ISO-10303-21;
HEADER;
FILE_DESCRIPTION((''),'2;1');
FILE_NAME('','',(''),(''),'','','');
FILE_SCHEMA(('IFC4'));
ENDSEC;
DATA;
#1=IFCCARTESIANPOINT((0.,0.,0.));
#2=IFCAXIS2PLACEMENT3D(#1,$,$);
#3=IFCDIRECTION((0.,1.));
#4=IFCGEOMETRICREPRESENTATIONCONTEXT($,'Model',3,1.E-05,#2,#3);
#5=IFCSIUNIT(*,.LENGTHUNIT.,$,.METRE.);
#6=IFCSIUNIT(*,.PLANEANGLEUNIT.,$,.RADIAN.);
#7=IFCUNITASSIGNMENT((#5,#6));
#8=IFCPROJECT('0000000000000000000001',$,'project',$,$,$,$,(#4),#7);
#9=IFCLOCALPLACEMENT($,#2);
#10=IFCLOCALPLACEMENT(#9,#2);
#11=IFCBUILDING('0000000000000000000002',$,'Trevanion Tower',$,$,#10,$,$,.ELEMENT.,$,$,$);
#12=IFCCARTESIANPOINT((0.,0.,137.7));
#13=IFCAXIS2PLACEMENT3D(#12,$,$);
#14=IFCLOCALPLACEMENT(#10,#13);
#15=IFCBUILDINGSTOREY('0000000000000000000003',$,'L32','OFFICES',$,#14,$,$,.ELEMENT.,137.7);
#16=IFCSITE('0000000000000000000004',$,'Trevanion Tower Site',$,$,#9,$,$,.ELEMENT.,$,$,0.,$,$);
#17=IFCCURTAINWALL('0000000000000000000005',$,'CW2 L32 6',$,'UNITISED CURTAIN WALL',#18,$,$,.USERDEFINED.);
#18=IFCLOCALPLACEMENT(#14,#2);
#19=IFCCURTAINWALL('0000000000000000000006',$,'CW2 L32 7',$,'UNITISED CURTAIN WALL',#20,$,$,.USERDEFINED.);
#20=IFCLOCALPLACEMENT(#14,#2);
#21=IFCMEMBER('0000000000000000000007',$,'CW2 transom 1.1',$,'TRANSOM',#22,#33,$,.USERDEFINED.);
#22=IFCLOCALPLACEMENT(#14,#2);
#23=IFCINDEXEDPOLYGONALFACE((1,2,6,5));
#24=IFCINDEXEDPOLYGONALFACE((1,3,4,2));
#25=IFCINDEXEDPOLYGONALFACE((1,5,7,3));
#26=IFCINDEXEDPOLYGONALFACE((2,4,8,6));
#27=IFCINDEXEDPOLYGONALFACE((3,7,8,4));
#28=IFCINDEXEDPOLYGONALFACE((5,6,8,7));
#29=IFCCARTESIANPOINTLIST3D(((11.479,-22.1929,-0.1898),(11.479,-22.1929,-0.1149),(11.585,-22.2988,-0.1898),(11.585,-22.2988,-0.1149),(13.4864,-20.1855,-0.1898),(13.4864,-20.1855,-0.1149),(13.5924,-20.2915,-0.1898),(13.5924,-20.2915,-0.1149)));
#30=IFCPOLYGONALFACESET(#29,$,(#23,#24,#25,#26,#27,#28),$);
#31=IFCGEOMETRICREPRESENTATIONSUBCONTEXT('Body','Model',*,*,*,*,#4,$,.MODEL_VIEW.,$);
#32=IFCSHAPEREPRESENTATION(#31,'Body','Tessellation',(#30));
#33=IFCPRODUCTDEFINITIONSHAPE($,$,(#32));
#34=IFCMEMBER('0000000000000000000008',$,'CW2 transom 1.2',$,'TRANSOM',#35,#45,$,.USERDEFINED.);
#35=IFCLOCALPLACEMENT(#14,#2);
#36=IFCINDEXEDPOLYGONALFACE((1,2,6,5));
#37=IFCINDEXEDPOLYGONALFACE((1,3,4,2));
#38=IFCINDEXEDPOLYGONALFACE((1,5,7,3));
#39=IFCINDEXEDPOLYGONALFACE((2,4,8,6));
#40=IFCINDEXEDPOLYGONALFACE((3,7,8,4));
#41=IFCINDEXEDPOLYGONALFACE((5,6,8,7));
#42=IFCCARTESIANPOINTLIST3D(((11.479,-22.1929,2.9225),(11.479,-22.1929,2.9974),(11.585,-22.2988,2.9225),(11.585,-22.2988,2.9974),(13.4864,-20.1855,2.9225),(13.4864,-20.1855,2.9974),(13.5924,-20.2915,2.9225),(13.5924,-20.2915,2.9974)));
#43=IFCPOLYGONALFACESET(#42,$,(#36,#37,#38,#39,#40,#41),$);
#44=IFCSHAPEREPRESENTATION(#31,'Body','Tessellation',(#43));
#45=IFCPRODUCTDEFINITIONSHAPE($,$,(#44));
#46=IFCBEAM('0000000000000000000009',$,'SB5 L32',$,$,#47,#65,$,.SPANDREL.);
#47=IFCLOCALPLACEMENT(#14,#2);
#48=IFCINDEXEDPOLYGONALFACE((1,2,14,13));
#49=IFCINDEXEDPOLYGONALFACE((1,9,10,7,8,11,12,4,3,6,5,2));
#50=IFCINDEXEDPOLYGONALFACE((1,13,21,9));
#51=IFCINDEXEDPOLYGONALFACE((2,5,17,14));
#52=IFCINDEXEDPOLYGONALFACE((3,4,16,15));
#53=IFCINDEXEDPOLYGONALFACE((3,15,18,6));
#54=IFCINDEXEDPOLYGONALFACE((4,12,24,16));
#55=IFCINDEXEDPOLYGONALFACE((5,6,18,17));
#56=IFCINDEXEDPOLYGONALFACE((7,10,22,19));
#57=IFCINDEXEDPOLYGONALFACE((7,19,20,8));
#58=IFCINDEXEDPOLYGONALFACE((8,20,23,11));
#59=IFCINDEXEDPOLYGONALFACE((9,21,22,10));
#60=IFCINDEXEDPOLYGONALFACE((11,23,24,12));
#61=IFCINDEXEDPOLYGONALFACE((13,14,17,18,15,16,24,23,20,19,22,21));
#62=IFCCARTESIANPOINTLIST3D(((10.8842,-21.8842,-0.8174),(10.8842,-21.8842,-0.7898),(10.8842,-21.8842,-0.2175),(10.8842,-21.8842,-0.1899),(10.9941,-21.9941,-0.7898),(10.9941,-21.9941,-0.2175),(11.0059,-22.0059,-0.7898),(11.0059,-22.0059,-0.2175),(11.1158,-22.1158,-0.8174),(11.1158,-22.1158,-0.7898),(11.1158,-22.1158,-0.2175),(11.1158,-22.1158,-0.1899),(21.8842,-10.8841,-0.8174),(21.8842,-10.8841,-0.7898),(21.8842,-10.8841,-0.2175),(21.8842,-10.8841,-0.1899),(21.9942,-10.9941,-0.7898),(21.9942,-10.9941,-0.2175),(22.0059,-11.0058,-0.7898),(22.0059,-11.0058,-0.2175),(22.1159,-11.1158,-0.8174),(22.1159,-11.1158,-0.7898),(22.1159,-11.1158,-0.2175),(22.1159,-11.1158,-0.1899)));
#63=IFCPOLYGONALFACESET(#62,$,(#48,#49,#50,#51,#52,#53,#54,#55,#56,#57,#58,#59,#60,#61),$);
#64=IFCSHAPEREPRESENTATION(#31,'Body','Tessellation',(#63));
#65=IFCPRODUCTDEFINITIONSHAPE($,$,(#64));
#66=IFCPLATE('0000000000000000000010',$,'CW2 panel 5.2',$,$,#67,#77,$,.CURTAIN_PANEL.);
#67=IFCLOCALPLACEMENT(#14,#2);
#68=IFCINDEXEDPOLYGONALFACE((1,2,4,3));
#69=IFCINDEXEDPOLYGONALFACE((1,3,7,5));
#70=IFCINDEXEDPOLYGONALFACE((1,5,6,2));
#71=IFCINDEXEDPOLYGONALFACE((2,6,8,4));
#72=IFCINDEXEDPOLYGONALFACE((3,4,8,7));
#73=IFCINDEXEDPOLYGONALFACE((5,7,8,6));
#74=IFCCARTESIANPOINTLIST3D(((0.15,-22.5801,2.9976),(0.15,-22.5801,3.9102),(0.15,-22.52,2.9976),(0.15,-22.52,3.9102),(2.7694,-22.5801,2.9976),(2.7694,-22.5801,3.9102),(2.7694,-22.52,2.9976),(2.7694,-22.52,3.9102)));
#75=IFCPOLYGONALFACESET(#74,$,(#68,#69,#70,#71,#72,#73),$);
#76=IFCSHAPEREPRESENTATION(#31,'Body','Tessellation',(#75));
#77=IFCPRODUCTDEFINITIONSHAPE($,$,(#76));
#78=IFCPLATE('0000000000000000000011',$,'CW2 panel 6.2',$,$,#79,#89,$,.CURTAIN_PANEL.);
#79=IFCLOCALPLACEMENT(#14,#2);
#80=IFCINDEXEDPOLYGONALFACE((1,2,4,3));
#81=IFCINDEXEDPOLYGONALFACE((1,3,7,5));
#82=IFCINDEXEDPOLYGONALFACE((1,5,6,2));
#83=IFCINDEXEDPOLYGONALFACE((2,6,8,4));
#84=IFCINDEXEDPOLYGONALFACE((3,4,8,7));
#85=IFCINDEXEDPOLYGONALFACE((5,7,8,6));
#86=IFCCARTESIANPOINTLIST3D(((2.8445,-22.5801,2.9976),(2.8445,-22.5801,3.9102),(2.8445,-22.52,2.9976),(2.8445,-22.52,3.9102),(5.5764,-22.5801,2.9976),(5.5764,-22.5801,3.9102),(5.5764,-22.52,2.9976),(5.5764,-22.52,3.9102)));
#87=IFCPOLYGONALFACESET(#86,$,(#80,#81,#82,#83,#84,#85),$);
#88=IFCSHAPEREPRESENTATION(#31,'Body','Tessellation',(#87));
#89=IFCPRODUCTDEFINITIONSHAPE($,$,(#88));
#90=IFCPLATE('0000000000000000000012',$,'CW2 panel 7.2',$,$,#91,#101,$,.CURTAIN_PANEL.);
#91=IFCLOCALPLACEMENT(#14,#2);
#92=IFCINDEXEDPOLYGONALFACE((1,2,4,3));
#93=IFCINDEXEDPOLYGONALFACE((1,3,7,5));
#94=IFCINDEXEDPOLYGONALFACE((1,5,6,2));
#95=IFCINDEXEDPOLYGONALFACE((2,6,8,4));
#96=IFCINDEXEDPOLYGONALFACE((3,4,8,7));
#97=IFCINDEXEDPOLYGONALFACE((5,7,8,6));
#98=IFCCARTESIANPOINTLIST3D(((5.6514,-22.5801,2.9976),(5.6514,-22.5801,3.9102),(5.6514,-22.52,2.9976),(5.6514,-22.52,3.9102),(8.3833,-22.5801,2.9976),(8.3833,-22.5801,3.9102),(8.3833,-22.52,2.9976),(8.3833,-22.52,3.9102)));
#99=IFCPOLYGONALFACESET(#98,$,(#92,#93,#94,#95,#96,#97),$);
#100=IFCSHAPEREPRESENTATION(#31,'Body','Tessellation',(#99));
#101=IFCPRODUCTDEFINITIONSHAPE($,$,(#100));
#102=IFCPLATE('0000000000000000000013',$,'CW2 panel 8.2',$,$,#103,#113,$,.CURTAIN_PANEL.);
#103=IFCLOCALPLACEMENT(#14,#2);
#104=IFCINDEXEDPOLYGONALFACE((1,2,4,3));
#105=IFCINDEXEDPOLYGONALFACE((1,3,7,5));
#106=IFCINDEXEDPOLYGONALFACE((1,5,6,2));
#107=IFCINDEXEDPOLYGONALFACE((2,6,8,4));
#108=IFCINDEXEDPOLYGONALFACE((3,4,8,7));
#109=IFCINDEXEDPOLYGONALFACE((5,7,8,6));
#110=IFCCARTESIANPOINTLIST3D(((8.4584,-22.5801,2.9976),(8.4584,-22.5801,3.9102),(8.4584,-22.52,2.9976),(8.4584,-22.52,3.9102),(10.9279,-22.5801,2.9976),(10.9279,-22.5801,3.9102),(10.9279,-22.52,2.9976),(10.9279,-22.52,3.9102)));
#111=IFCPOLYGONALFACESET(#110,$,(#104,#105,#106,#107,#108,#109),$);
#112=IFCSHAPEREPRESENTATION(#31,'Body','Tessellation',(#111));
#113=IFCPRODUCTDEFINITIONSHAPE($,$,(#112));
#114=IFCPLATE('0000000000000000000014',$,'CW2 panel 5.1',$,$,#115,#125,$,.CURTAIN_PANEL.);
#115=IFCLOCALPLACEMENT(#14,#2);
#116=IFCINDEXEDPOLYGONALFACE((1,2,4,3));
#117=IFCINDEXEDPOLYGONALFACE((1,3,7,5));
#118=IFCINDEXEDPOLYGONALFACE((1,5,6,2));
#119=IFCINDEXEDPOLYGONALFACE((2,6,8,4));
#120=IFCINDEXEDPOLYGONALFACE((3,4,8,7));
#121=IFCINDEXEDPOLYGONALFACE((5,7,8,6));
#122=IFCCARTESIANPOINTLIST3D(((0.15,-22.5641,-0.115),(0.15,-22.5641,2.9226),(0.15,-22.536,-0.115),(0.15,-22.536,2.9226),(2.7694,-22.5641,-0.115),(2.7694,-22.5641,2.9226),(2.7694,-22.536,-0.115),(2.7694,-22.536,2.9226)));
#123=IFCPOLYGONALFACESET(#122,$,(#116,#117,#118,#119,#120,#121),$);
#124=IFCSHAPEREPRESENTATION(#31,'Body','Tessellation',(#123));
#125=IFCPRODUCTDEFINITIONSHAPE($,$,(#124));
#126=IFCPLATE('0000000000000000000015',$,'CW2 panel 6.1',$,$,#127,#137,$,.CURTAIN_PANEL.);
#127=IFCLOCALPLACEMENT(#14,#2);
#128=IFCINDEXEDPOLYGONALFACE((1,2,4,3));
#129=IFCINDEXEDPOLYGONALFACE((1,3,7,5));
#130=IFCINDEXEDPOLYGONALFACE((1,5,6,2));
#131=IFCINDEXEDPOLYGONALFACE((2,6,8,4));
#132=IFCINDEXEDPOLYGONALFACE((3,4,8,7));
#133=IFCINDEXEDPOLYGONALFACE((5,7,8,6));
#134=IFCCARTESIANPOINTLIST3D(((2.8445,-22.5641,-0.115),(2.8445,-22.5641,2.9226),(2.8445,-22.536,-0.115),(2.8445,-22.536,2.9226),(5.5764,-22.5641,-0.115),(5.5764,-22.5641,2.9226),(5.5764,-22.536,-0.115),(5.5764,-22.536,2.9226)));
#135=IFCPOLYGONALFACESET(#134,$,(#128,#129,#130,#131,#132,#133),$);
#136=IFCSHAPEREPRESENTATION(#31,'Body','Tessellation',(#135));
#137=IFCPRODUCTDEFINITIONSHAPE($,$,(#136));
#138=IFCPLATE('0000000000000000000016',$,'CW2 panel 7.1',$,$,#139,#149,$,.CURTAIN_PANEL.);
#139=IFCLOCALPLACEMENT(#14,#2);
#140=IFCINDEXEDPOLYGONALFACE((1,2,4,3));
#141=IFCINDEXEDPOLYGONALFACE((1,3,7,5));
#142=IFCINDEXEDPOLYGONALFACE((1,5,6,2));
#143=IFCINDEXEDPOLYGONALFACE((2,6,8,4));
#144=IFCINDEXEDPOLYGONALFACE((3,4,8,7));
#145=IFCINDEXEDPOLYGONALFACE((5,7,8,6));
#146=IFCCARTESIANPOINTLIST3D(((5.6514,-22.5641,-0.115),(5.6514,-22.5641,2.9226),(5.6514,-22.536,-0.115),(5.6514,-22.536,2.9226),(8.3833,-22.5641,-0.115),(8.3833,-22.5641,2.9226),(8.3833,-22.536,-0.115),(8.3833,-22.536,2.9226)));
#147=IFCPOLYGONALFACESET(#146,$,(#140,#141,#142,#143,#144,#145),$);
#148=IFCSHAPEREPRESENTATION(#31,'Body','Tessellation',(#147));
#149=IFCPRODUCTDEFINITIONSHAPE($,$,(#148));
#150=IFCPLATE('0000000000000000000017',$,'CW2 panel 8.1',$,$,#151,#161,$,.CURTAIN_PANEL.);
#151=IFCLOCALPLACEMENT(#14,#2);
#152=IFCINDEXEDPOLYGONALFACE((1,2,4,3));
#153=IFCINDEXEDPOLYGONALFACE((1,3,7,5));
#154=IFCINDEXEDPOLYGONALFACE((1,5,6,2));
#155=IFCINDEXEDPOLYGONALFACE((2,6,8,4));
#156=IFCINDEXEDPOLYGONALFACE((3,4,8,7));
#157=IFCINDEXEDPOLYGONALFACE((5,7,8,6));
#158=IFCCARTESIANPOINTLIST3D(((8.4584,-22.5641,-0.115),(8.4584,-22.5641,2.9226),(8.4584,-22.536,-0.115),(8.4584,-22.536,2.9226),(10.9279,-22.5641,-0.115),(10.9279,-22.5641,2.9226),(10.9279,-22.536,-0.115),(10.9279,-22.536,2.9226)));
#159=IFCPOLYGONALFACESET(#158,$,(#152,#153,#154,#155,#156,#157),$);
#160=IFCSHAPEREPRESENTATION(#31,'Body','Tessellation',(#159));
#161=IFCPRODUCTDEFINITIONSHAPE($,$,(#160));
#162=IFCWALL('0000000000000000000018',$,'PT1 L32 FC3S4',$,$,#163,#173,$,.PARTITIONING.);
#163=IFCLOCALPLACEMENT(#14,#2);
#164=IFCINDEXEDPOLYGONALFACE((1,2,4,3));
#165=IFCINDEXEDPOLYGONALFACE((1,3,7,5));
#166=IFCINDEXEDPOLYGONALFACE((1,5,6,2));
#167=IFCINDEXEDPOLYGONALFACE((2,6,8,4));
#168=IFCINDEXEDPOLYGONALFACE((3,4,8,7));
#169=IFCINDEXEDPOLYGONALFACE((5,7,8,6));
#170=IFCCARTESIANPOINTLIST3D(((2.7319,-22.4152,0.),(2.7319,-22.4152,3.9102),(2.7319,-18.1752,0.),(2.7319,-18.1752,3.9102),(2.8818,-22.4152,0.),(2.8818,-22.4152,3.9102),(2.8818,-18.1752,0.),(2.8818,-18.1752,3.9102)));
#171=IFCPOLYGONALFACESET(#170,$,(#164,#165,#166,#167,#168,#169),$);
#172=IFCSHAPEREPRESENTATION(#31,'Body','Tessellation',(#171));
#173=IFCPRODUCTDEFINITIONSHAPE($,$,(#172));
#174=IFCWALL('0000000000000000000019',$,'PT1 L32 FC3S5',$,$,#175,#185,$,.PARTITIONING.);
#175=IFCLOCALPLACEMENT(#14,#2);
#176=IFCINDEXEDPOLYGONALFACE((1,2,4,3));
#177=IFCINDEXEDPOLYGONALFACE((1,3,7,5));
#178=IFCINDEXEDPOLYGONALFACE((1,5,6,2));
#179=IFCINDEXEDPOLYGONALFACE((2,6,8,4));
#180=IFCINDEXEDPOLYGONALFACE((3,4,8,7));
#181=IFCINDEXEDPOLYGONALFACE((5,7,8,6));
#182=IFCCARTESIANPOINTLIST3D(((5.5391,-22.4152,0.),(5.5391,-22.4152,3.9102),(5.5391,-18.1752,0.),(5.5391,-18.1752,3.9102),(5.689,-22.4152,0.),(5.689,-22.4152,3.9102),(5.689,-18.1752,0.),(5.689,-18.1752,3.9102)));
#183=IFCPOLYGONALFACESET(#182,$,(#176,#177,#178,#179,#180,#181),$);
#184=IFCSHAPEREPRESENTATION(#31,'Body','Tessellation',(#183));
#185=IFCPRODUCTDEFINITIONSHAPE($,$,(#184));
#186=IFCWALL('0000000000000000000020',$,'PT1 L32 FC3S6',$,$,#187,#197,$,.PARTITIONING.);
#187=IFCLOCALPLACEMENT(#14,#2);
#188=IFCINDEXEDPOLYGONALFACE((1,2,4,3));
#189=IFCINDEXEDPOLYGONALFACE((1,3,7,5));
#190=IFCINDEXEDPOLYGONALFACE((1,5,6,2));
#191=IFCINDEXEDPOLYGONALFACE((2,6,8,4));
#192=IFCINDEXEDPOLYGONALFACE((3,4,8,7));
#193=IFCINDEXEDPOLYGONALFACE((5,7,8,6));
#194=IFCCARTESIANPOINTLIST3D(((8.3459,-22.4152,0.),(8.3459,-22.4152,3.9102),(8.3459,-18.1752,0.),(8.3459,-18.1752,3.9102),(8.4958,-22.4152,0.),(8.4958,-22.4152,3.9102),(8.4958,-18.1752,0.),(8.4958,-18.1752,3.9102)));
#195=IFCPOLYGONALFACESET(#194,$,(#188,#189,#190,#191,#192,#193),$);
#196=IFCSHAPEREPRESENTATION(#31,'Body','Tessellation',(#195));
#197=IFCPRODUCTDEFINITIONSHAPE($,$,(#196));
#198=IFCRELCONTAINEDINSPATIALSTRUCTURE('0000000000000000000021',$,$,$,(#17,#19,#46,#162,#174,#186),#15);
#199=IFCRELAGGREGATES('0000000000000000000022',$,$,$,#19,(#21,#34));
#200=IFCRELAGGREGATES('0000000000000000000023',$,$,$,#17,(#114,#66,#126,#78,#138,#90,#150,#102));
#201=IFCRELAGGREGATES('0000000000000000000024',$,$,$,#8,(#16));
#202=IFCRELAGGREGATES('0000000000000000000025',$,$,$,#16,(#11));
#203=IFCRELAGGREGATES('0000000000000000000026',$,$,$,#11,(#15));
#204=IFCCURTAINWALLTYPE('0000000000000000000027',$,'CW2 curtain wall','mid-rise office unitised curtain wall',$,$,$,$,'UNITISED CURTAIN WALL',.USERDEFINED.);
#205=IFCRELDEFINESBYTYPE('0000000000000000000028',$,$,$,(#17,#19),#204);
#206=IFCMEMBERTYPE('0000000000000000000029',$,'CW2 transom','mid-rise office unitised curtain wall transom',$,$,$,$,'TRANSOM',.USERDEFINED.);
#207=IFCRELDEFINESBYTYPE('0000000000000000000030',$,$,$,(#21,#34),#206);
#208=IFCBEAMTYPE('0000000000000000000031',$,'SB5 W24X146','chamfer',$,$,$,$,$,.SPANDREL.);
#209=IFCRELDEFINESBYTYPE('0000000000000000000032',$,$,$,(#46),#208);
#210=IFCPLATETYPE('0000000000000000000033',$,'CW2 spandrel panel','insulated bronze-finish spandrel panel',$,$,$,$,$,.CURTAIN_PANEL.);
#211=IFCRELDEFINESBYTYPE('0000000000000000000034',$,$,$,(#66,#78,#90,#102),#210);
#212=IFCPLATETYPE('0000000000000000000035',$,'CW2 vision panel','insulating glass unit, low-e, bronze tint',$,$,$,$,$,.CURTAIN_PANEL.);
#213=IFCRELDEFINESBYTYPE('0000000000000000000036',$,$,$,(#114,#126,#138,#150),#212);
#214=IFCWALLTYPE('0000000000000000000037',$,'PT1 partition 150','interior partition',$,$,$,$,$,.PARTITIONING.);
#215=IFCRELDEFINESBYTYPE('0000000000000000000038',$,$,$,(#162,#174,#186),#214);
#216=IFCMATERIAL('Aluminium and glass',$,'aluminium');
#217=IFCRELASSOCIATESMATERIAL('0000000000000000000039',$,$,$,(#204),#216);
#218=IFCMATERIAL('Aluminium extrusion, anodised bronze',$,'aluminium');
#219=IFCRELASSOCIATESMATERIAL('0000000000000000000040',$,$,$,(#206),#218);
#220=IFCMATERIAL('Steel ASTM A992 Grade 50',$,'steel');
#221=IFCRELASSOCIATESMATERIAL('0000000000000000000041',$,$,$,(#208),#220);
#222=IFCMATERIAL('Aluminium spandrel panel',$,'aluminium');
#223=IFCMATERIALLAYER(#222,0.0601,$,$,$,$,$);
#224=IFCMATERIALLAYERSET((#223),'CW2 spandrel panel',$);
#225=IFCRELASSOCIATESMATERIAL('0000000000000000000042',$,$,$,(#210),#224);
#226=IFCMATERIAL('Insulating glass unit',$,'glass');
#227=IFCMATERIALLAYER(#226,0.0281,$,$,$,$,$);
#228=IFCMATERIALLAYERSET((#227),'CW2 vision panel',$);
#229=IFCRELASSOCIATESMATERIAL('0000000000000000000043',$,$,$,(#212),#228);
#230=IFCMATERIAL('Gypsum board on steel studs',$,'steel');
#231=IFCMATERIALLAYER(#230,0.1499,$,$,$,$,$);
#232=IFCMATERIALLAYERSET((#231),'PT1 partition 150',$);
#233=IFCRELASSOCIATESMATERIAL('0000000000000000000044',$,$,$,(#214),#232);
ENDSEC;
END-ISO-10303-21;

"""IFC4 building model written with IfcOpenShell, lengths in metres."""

from ifc_helpers import new_model, si_unit, direction, frame, frame_2d, origin, origin_2d, place, context, subcontext, project, spatial, rectangle, i_section, extrude, material, layer, layer_set, material_profile, profile_set, type_object, element, aggregate, save


model = new_model("IFC4")

# Units and contexts
model_context = context("Model", 3, precision=1e-05, world=origin(), true_north=direction((0.0, 1.0)))
body_context = subcontext(model_context, "Body", "Model", "MODEL_VIEW")
ifc_project = project(units=[si_unit("LENGTHUNIT", "METRE"), si_unit("PLANEANGLEUNIT", "RADIAN")], contexts=[model_context])

# Site, building, storey
site_placement = place(None, origin())
site = spatial("IfcSite", under=ifc_project, at=site_placement, Name="Trevanion Tower Site", CompositionType="ELEMENT", RefElevation=0.0)
building_placement = place(site_placement, origin())
building = spatial("IfcBuilding", under=site, at=building_placement, Name="Trevanion Tower", CompositionType="ELEMENT")
storey_placement = place(building_placement, frame((0.0, 0.0, 137.7)))
storey = spatial("IfcBuildingStorey", under=building, at=storey_placement, Name="L32", Description="OFFICES", CompositionType="ELEMENT", Elevation=137.7)

# Curtain wall
ifc_material_1 = material(Name="Aluminium and glass", Category="aluminium")
curtain_wall_type = type_object("IfcCurtainWallType", Name="CW2 curtain wall", Description="mid-rise office unitised curtain wall", ElementType="UNITISED CURTAIN WALL", PredefinedType="USERDEFINED", material=ifc_material_1)
curtain_wall_1_placement = place(storey_placement, origin())
curtain_wall_1 = element("IfcCurtainWall", 1, at=curtain_wall_1_placement, inside=storey, type_object=curtain_wall_type, Name="CW2 L32 6", ObjectType="UNITISED CURTAIN WALL", PredefinedType="USERDEFINED")

# Curtain wall
curtain_wall_2_placement = place(storey_placement, origin())
curtain_wall_2 = element("IfcCurtainWall", 2, at=curtain_wall_2_placement, inside=storey, type_object=curtain_wall_type, Name="CW2 L32 7", ObjectType="UNITISED CURTAIN WALL", PredefinedType="USERDEFINED")

# Members
ifc_material_2 = material(Name="Aluminium extrusion, anodised bronze", Category="aluminium")
ifc_material_profile_1 = material_profile(ifc_material_2, rectangle(XDim=0.1499, YDim=0.075, at=origin_2d()), Name="CW2 transom")
ifc_profile_set_1 = profile_set([ifc_material_profile_1], Name="Aluminium extrusion, anodised bronze")
member_type_1 = type_object("IfcMemberType", Name="CW2 transom", Description="mid-rise office unitised curtain wall transom", ElementType="TRANSOM", PredefinedType="USERDEFINED", material=ifc_profile_set_1)
member_1_placement = place(storey_placement, frame((11.532, -22.2458, -0.1523), z_axis=(0.707107, 0.707107, 0.0), x_axis=(-0.707107, 0.707107, 0.0)))
member_1 = element("IfcMember", 3, at=member_1_placement, type_object=member_type_1, Name="CW2 transom 1.1", ObjectType="TRANSOM", PredefinedType="USERDEFINED", context=body_context, shape_type="SweptSolid", body=[
    extrude(rectangle(XDim=0.1499, YDim=0.075, at=origin_2d()), origin(), (0.0, 0.0, 1.0), 2.8389),
])
member_2_placement = place(storey_placement, frame((11.532, -22.2458, 2.96), z_axis=(0.707107, 0.707107, 0.0), x_axis=(-0.707107, 0.707107, 0.0)))
member_2 = element("IfcMember", 4, at=member_2_placement, type_object=member_type_1, Name="CW2 transom 1.2", ObjectType="TRANSOM", PredefinedType="USERDEFINED", context=body_context, shape_type="SweptSolid", body=[
    extrude(rectangle(XDim=0.1499, YDim=0.075, at=origin_2d()), origin(), (0.0, 0.0, 1.0), 2.8389),
])
aggregate(curtain_wall_2, [member_1, member_2])

# Beam
ifc_material_3 = material(Name="Steel ASTM A992 Grade 50", Category="steel")
ifc_material_profile_2 = material_profile(ifc_material_3, i_section(OverallWidth=0.3276, OverallDepth=0.6274, WebThickness=0.0166, FlangeThickness=0.0276, at=origin_2d()), Name="W24X146")
ifc_profile_set_2 = profile_set([ifc_material_profile_2], Name="Steel ASTM A992 Grade 50")
beam_type = type_object("IfcBeamType", Name="SB5 W24X146", Description="chamfer", PredefinedType="SPANDREL", material=ifc_profile_set_2)
beam_placement = place(storey_placement, frame((11.0, -22.0, -0.5037), z_axis=(0.707107, 0.707107, 0.0), x_axis=(-0.707107, 0.707107, 0.0)))
element("IfcBeam", 5, at=beam_placement, inside=storey, type_object=beam_type, Name="SB5 L32", PredefinedType="SPANDREL", context=body_context, shape_type="SweptSolid", body=[
    extrude(i_section(OverallWidth=0.3276, OverallDepth=0.6274, WebThickness=0.0166, FlangeThickness=0.0276, at=origin_2d()), origin(), (0.0, 0.0, 1.0), 15.5564),
])

# Plates
ifc_material_4 = material(Name="Aluminium spandrel panel", Category="aluminium")
ifc_layer_1 = layer(ifc_material_4, 0.0601)
ifc_layer_set_1 = layer_set([ifc_layer_1], Name="CW2 spandrel panel")
plate_type_1 = type_object("IfcPlateType", Name="CW2 spandrel panel", Description="insulated bronze-finish spandrel panel", PredefinedType="CURTAIN_PANEL", material=ifc_layer_set_1)
plate_1_placement = place(storey_placement, frame((1.4597, -22.55, 2.9976), z_axis=(0.0, 0.0, 1.0), x_axis=(1.0, 0.0, 0.0)))
plate_1 = element("IfcPlate", 6, at=plate_1_placement, type_object=plate_type_1, Name="CW2 panel 5.2", PredefinedType="CURTAIN_PANEL", context=body_context, shape_type="SweptSolid", body=[
    extrude(rectangle(XDim=2.6194, YDim=0.0601, at=origin_2d()), origin(), (0.0, 0.0, 1.0), 0.9126),
])
plate_2_placement = place(storey_placement, frame((4.2104, -22.55, 2.9976), z_axis=(0.0, 0.0, 1.0), x_axis=(1.0, 0.0, 0.0)))
plate_2 = element("IfcPlate", 7, at=plate_2_placement, type_object=plate_type_1, Name="CW2 panel 6.2", PredefinedType="CURTAIN_PANEL", context=body_context, shape_type="SweptSolid", body=[
    extrude(rectangle(XDim=2.7319, YDim=0.0601, at=origin_2d()), origin(), (0.0, 0.0, 1.0), 0.9126),
])
plate_3_placement = place(storey_placement, frame((7.0173, -22.55, 2.9976), z_axis=(0.0, 0.0, 1.0), x_axis=(1.0, 0.0, 0.0)))
plate_3 = element("IfcPlate", 8, at=plate_3_placement, type_object=plate_type_1, Name="CW2 panel 7.2", PredefinedType="CURTAIN_PANEL", context=body_context, shape_type="SweptSolid", body=[
    extrude(rectangle(XDim=2.7319, YDim=0.0601, at=origin_2d()), origin(), (0.0, 0.0, 1.0), 0.9126),
])
plate_4_placement = place(storey_placement, frame((9.6931, -22.55, 2.9976), z_axis=(0.0, 0.0, 1.0), x_axis=(1.0, 0.0, 0.0)))
plate_4 = element("IfcPlate", 9, at=plate_4_placement, type_object=plate_type_1, Name="CW2 panel 8.2", PredefinedType="CURTAIN_PANEL", context=body_context, shape_type="SweptSolid", body=[
    extrude(rectangle(XDim=2.4695, YDim=0.0601, at=origin_2d()), origin(), (0.0, 0.0, 1.0), 0.9126),
])
ifc_material_5 = material(Name="Insulating glass unit", Category="glass")
ifc_layer_2 = layer(ifc_material_5, 0.0281)
ifc_layer_set_2 = layer_set([ifc_layer_2], Name="CW2 vision panel")
plate_type_2 = type_object("IfcPlateType", Name="CW2 vision panel", Description="insulating glass unit, low-e, bronze tint", PredefinedType="CURTAIN_PANEL", material=ifc_layer_set_2)
plate_5_placement = place(storey_placement, frame((1.4597, -22.55, -0.115), z_axis=(0.0, 0.0, 1.0), x_axis=(1.0, 0.0, 0.0)))
plate_5 = element("IfcPlate", 10, at=plate_5_placement, type_object=plate_type_2, Name="CW2 panel 5.1", PredefinedType="CURTAIN_PANEL", context=body_context, shape_type="SweptSolid", body=[
    extrude(rectangle(XDim=2.6194, YDim=0.0281, at=origin_2d()), origin(), (0.0, 0.0, 1.0), 3.0376),
])
plate_6_placement = place(storey_placement, frame((4.2104, -22.55, -0.115), z_axis=(0.0, 0.0, 1.0), x_axis=(1.0, 0.0, 0.0)))
plate_6 = element("IfcPlate", 11, at=plate_6_placement, type_object=plate_type_2, Name="CW2 panel 6.1", PredefinedType="CURTAIN_PANEL", context=body_context, shape_type="SweptSolid", body=[
    extrude(rectangle(XDim=2.7319, YDim=0.0281, at=origin_2d()), origin(), (0.0, 0.0, 1.0), 3.0376),
])
plate_7_placement = place(storey_placement, frame((7.0173, -22.55, -0.115), z_axis=(0.0, 0.0, 1.0), x_axis=(1.0, 0.0, 0.0)))
plate_7 = element("IfcPlate", 12, at=plate_7_placement, type_object=plate_type_2, Name="CW2 panel 7.1", PredefinedType="CURTAIN_PANEL", context=body_context, shape_type="SweptSolid", body=[
    extrude(rectangle(XDim=2.7319, YDim=0.0281, at=origin_2d()), origin(), (0.0, 0.0, 1.0), 3.0376),
])
plate_8_placement = place(storey_placement, frame((9.6931, -22.55, -0.115), z_axis=(0.0, 0.0, 1.0), x_axis=(1.0, 0.0, 0.0)))
plate_8 = element("IfcPlate", 13, at=plate_8_placement, type_object=plate_type_2, Name="CW2 panel 8.1", PredefinedType="CURTAIN_PANEL", context=body_context, shape_type="SweptSolid", body=[
    extrude(rectangle(XDim=2.4695, YDim=0.0281, at=origin_2d()), origin(), (0.0, 0.0, 1.0), 3.0376),
])
aggregate(curtain_wall_1, [plate_5, plate_1, plate_6, plate_2, plate_7, plate_3, plate_8, plate_4])

# Walls
ifc_material_6 = material(Name="Gypsum board on steel studs", Category="steel")
ifc_layer_3 = layer(ifc_material_6, 0.1499)
ifc_layer_set_3 = layer_set([ifc_layer_3], Name="PT1 partition 150")
wall_type_1 = type_object("IfcWallType", Name="PT1 partition 150", Description="interior partition", PredefinedType="PARTITIONING", material=ifc_layer_set_3)
for number, where, z_axis, x_axis, name in (
    (14, (2.8069, -18.175, 0.0), (0.0, 0.0, 1.0), (0.0, -1.0, 0.0), "PT1 L32 FC3S4"),
    (15, (5.614, -18.175, 0.0), (0.0, 0.0, 1.0), (0.0, -1.0, 0.0), "PT1 L32 FC3S5"),
    (16, (8.4209, -18.175, 0.0), (0.0, 0.0, 1.0), (0.0, -1.0, 0.0), "PT1 L32 FC3S6"),
):
    element("IfcWall", number, at=place(storey_placement, frame(where, z_axis=z_axis, x_axis=x_axis)), inside=storey, type_object=wall_type_1, Name=name, PredefinedType="PARTITIONING", context=body_context, shape_type="SweptSolid", body=[
        extrude(rectangle(XDim=4.24, YDim=0.1499, at=frame_2d((2.1201, 0.0))), origin(), (0.0, 0.0, 1.0), 3.9102),
    ])

save(model, "model.ifc")
